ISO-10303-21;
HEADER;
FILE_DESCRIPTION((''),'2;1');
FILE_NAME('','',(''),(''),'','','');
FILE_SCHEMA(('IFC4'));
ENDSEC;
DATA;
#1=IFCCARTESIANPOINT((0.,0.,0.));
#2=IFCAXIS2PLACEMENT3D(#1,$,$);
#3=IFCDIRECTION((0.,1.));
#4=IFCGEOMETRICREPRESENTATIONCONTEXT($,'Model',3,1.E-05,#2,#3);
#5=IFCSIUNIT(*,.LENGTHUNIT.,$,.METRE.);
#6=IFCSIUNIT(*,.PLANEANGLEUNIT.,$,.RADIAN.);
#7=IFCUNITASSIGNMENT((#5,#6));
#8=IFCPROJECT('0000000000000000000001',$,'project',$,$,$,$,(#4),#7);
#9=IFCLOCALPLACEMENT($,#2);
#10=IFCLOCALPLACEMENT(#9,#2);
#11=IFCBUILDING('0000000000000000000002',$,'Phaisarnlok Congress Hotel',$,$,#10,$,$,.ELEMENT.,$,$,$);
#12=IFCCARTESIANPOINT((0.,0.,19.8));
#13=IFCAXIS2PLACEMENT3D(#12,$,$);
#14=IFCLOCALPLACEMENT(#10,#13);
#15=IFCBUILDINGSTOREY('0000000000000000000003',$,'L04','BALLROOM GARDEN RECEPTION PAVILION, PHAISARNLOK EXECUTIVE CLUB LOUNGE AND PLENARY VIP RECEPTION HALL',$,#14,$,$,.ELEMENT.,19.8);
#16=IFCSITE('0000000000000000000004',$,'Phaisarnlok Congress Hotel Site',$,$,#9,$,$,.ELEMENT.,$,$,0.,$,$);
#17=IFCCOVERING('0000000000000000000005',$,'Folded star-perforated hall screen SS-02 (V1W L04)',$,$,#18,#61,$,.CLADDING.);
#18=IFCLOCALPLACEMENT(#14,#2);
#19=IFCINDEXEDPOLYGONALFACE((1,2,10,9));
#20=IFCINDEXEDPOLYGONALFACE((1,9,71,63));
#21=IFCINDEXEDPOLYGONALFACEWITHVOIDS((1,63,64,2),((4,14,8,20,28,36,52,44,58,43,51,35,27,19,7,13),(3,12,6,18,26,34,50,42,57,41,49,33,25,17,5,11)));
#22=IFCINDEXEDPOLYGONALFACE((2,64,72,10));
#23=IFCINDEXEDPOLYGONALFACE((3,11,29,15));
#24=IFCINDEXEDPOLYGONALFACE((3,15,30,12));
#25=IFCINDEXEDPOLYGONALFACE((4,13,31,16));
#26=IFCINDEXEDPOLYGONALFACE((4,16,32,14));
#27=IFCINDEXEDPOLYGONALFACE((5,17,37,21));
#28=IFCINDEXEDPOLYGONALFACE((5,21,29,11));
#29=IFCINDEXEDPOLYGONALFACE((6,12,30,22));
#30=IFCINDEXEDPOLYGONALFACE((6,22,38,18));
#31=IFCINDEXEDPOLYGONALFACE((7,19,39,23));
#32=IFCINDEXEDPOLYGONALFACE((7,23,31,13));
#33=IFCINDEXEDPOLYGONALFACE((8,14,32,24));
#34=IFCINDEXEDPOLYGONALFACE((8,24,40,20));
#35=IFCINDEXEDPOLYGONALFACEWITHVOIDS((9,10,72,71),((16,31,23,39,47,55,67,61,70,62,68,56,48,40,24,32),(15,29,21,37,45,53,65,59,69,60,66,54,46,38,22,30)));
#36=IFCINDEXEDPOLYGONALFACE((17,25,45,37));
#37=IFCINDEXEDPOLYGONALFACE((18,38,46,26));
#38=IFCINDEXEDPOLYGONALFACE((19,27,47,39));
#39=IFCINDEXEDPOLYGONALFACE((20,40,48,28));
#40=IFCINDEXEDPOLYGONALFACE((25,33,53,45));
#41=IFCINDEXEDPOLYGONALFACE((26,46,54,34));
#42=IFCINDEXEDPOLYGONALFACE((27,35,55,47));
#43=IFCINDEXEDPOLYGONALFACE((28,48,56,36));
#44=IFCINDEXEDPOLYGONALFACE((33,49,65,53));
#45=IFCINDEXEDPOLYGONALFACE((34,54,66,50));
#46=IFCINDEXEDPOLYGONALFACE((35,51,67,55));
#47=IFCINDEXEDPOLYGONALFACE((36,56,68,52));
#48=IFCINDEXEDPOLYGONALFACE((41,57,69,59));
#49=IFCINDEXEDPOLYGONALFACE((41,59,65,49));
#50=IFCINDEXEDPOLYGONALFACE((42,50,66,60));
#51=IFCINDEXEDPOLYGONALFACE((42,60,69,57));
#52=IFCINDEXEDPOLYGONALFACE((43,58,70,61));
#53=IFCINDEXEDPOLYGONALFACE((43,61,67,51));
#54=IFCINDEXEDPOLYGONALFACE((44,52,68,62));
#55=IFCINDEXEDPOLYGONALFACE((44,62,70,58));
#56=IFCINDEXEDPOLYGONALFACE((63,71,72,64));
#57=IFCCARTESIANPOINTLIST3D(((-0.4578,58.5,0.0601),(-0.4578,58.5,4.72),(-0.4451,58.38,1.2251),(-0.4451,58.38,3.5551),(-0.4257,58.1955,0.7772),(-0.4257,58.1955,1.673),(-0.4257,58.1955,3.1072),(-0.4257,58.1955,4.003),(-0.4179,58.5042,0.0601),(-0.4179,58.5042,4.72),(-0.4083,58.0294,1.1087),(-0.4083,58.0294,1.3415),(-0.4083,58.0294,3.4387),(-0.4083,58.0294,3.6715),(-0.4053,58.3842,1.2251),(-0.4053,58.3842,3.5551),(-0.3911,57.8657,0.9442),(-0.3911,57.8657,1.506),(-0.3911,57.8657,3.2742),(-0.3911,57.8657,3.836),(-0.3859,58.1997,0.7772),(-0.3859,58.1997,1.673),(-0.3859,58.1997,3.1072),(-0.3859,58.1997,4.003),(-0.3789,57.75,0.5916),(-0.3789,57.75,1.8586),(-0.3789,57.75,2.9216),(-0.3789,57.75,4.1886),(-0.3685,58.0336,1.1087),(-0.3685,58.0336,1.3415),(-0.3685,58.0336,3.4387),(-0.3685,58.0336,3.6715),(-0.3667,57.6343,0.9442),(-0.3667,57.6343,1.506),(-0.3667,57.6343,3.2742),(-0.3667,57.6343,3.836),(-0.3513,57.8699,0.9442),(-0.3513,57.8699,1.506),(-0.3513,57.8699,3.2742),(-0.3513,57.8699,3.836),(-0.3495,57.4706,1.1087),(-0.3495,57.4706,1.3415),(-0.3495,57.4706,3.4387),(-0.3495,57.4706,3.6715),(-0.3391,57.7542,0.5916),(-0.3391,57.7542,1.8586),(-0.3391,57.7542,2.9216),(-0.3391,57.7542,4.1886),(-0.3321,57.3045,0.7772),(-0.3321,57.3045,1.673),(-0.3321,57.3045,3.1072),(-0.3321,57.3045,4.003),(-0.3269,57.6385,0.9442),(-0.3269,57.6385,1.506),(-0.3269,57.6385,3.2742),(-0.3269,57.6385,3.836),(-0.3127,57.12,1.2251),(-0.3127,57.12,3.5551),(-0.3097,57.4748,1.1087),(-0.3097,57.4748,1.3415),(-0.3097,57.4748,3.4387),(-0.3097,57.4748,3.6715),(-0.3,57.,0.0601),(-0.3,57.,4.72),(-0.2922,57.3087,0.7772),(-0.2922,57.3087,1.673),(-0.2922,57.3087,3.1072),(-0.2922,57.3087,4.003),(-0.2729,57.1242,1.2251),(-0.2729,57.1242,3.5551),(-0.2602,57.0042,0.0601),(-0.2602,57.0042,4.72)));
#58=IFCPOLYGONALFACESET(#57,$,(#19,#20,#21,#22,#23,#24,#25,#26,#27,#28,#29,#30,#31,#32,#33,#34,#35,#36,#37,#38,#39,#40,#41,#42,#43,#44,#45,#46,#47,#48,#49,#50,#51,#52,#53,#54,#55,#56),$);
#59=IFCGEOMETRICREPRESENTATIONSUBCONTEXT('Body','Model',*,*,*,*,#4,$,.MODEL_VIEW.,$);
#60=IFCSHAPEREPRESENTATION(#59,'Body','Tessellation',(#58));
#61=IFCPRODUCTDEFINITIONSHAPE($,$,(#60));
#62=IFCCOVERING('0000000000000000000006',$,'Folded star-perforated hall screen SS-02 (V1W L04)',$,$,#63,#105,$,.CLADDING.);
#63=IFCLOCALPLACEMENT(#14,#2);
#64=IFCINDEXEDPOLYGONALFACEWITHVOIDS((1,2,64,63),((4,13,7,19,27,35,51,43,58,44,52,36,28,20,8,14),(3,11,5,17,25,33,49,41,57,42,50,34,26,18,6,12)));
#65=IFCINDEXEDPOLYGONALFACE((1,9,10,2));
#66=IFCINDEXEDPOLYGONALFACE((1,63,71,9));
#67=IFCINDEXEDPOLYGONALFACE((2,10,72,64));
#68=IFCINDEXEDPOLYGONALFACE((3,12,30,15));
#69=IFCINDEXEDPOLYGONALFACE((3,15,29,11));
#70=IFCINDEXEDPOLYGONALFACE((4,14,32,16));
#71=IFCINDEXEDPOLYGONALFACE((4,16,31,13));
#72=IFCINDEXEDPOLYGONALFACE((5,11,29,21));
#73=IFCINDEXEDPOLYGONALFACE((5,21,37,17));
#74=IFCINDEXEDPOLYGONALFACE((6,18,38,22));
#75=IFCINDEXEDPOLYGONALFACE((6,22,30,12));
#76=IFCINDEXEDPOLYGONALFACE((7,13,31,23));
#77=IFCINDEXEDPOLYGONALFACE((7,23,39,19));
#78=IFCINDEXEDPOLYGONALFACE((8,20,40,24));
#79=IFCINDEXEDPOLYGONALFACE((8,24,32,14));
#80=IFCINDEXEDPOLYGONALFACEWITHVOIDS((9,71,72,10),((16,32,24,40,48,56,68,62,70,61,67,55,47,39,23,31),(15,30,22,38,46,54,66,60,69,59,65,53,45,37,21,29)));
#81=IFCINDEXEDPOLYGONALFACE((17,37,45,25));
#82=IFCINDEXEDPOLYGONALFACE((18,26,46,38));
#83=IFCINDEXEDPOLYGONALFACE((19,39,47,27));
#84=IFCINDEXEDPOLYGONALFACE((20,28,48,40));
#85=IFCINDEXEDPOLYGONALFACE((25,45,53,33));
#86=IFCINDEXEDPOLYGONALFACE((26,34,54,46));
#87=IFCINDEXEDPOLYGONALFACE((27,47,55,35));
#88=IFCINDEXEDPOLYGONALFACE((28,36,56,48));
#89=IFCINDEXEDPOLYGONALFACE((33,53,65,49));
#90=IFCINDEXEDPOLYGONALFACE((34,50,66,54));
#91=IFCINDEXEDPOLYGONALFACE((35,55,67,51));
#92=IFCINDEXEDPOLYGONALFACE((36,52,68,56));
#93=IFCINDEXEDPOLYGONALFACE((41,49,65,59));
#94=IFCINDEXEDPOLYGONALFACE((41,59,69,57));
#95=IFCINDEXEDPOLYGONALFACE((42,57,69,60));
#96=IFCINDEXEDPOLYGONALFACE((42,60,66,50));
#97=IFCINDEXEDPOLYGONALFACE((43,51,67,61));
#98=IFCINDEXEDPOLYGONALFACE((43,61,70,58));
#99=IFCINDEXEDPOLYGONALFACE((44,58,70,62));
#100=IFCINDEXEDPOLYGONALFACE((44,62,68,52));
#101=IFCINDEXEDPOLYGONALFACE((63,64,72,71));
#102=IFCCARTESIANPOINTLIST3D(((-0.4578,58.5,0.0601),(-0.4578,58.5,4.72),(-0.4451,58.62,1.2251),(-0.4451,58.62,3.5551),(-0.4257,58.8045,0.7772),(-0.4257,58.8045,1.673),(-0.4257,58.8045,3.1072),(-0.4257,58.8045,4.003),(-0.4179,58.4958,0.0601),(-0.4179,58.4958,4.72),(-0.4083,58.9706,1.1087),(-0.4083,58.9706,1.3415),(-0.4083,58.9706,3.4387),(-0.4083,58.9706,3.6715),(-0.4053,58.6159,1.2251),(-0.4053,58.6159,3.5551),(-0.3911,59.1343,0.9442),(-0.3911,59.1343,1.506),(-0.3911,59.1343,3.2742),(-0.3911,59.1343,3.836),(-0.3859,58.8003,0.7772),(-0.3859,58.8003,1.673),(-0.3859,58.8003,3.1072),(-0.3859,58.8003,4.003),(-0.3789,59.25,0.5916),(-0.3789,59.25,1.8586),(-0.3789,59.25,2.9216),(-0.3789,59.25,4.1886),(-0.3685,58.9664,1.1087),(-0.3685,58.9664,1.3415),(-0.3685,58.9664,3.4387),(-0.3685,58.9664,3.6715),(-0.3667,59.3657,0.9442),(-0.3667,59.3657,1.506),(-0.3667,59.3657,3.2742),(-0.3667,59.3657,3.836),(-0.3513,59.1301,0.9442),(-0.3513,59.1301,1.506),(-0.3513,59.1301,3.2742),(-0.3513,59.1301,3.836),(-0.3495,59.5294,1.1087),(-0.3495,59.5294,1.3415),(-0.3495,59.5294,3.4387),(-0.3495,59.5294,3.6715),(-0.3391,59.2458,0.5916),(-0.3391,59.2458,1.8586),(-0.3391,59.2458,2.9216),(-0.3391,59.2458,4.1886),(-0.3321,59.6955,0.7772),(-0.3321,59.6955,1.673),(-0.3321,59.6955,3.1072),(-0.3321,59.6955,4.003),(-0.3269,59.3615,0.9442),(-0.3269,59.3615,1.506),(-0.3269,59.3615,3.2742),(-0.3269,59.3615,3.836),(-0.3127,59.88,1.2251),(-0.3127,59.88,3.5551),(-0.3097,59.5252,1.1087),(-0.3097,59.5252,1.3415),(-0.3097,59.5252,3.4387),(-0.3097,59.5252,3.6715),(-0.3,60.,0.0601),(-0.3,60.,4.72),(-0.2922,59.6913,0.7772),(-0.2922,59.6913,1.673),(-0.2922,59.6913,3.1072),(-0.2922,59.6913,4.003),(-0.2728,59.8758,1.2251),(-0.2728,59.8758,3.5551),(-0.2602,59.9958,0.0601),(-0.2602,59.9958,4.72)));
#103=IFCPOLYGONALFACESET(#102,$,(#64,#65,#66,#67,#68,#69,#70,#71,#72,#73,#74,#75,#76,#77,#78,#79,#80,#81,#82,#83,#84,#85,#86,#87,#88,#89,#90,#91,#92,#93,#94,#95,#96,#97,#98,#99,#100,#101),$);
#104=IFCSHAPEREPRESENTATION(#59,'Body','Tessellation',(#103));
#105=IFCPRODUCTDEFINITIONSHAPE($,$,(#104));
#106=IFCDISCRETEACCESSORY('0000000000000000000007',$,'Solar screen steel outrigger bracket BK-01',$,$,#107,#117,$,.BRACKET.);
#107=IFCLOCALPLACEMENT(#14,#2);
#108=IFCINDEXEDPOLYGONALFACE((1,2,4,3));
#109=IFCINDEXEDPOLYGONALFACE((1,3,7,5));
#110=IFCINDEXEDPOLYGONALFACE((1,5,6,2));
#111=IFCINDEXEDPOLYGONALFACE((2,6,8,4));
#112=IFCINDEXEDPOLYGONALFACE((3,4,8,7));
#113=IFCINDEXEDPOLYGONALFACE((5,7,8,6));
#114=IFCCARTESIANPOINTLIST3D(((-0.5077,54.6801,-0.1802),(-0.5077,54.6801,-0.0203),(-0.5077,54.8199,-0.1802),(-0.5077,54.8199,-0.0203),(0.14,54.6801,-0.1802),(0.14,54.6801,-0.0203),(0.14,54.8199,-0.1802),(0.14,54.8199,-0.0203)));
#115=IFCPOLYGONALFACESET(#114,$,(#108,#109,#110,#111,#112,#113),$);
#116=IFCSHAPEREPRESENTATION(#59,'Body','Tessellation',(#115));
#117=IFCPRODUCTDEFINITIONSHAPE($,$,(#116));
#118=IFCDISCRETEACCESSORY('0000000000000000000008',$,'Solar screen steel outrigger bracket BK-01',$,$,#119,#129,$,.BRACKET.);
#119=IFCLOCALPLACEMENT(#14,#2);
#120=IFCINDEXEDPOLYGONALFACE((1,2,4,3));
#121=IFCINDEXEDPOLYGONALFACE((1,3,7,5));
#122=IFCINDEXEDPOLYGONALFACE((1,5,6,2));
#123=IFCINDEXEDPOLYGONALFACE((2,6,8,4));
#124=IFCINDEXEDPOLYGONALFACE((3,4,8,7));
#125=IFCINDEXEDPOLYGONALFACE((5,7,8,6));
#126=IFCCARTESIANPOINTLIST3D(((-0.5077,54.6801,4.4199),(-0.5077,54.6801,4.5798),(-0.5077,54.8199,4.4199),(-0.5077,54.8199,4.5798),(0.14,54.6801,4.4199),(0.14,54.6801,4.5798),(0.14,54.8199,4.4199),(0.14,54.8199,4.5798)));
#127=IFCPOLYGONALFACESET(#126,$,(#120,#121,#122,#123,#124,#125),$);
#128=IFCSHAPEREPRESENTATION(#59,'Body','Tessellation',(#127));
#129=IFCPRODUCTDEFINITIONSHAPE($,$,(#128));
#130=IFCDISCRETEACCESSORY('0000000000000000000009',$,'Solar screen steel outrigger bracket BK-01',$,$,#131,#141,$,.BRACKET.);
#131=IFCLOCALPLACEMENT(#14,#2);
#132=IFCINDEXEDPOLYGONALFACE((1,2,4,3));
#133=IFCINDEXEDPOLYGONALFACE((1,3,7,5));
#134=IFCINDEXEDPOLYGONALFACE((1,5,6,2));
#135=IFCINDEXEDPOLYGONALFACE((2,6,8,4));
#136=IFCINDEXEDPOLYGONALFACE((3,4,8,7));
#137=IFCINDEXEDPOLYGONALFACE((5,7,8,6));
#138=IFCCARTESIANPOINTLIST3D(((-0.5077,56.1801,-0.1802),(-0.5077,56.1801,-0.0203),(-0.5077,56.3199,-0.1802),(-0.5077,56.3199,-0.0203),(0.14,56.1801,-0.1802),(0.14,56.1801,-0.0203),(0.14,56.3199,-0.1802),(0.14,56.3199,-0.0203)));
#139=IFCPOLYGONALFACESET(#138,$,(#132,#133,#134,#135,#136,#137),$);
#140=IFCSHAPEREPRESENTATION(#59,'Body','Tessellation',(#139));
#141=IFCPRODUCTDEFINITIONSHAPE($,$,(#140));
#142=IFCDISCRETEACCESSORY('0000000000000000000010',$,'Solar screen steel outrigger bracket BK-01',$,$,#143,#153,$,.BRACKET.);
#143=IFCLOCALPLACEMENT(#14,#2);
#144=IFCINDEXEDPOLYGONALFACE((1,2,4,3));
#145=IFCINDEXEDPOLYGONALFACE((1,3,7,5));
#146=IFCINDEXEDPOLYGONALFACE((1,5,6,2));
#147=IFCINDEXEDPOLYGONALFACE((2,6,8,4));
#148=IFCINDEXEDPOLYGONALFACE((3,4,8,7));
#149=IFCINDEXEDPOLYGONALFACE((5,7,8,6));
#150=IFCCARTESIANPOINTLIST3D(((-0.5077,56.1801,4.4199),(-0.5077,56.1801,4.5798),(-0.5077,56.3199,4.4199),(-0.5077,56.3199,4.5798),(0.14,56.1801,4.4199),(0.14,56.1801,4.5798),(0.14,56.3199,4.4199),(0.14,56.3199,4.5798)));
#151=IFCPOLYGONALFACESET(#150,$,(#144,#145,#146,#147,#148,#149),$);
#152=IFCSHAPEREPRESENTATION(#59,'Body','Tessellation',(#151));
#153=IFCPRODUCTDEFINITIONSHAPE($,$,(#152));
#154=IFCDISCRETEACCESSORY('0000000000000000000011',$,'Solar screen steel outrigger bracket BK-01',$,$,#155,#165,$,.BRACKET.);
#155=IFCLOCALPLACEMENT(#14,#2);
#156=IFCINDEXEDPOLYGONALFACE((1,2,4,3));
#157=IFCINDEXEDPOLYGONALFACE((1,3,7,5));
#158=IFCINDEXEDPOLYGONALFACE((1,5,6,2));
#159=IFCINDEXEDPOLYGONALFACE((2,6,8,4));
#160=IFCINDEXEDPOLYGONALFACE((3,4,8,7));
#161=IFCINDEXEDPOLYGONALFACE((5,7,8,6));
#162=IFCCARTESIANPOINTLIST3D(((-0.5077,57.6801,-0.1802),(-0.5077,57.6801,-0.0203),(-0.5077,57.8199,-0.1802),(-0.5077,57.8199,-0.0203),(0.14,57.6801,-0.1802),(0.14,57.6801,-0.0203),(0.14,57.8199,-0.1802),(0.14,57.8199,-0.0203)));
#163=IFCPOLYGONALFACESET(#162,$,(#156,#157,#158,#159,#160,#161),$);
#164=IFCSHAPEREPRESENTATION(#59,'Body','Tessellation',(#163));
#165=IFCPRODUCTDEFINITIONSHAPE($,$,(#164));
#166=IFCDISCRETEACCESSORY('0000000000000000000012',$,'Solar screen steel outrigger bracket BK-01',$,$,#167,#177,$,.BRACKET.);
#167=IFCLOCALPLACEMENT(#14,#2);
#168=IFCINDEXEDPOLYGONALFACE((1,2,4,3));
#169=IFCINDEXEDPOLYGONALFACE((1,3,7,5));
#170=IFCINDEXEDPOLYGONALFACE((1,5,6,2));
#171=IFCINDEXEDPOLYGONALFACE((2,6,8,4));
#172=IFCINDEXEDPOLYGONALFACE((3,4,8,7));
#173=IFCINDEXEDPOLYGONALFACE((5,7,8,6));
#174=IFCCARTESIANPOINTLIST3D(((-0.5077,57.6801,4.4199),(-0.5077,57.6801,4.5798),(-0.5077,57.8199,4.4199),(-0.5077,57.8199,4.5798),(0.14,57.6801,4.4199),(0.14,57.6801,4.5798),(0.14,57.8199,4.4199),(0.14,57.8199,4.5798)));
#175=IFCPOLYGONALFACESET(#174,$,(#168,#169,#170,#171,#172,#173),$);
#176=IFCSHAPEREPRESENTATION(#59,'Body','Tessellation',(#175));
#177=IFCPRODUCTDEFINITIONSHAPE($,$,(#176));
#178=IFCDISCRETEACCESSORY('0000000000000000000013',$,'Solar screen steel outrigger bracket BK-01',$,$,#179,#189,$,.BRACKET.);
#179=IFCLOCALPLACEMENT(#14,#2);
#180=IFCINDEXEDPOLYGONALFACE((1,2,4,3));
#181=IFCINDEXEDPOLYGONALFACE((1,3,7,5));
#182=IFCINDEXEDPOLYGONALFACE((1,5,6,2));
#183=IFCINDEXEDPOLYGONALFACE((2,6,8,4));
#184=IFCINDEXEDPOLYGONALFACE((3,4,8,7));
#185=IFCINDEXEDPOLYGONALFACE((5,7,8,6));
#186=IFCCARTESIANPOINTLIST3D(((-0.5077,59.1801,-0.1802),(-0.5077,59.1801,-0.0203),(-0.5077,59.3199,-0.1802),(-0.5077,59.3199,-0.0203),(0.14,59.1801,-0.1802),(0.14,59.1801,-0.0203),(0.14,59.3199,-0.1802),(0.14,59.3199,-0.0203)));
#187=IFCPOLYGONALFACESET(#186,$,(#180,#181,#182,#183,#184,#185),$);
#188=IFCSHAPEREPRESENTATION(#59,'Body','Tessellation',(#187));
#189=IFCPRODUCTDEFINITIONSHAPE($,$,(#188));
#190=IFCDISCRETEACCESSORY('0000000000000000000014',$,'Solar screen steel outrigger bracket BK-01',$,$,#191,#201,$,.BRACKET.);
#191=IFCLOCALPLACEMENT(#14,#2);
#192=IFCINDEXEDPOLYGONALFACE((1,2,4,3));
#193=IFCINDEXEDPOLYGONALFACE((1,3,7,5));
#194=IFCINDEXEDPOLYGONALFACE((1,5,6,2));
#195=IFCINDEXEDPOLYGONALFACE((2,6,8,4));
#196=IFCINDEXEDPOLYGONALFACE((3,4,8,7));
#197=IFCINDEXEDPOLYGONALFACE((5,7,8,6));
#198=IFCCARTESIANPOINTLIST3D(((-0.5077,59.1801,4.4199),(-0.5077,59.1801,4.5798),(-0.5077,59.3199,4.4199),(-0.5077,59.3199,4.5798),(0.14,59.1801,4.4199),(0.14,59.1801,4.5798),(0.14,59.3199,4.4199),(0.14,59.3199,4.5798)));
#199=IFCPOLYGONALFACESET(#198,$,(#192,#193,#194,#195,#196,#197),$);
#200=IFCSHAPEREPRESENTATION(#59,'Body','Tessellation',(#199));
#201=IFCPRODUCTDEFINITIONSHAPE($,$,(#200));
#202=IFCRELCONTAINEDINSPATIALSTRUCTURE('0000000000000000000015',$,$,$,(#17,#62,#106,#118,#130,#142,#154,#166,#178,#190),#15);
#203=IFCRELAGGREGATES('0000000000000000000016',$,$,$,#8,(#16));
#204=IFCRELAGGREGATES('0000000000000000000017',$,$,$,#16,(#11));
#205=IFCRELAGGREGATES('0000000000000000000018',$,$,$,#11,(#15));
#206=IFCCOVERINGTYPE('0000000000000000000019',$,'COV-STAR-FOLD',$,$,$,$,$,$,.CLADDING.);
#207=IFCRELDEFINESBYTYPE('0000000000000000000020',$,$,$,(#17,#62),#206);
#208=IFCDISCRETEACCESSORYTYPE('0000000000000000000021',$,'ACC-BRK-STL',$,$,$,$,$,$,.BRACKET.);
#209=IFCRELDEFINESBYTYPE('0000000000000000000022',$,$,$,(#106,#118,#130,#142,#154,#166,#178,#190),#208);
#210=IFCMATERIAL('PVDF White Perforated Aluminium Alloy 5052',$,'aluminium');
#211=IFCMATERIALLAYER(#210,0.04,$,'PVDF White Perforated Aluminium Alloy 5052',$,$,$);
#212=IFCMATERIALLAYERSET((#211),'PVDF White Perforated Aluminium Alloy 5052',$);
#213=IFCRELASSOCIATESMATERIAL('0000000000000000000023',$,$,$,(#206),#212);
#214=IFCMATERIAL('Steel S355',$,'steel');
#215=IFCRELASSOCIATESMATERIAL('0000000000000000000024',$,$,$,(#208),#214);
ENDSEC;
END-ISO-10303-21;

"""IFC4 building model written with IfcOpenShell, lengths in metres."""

from ifc_helpers import new_model, si_unit, direction, frame, origin, origin_2d, place, context, subcontext, project, spatial, polyline, rectangle, outline, extrude, material, layer, layer_set, type_object, element, save


model = new_model("IFC4")

# Units and contexts
model_context = context("Model", 3, precision=1e-05, world=origin(), true_north=direction((0.0, 1.0)))
body_context = subcontext(model_context, "Body", "Model", "MODEL_VIEW")
ifc_project = project(units=[si_unit("LENGTHUNIT", "METRE"), si_unit("PLANEANGLEUNIT", "RADIAN")], contexts=[model_context])

# Site, building, storey
site_placement = place(None, origin())
site = spatial("IfcSite", under=ifc_project, at=site_placement, Name="Phaisarnlok Congress Hotel Site", CompositionType="ELEMENT", RefElevation=0.0)
building_placement = place(site_placement, origin())
building = spatial("IfcBuilding", under=site, at=building_placement, Name="Phaisarnlok Congress Hotel", CompositionType="ELEMENT")
storey_placement = place(building_placement, frame((0.0, 0.0, 19.8)))
storey = spatial("IfcBuildingStorey", under=building, at=storey_placement, Name="L04", Description="BALLROOM GARDEN RECEPTION PAVILION, PHAISARNLOK EXECUTIVE CLUB LOUNGE AND PLENARY VIP RECEPTION HALL", CompositionType="ELEMENT", Elevation=19.8)

# Shared definitions
ifc_material_1 = material(Name="Steel S355", Category="steel")

# Coverings
ifc_material_2 = material(Name="PVDF White Perforated Aluminium Alloy 5052", Category="aluminium")
ifc_layer_1 = layer(ifc_material_2, 0.04, Name="PVDF White Perforated Aluminium Alloy 5052")
ifc_layer_set_1 = layer_set([ifc_layer_1], Name="PVDF White Perforated Aluminium Alloy 5052")
covering_type = type_object("IfcCoveringType", Name="COV-STAR-FOLD", PredefinedType="CLADDING", material=ifc_layer_set_1)
for number, where, z_axis, x_axis, name in (
    (1, (-0.3, 57.0, 0.0601), (0.994518, 0.104567, 0.0), (-0.104567, 0.994518, 0.0), "Folded star-perforated hall screen SS-02 (V1W L04)"),
    (2, (-0.4578, 58.5, 0.0601), (0.994518, -0.104567, 0.0), (0.104567, 0.994518, 0.0), "Folded star-perforated hall screen SS-02 (V1W L04)"),
):
    element("IfcCovering", number, at=place(storey_placement, frame(where, z_axis=z_axis, x_axis=x_axis)), inside=storey, type_object=covering_type, Name=name, PredefinedType="CLADDING", context=body_context, shape_type="SweptSolid", body=[
        extrude(outline(polyline([(0.0, 0.0), (1.5083, 0.0), (1.5083, 4.6599), (0.0, 4.6599), (0.0, 0.0)]), holes=[polyline([(1.0351, 1.0486), (1.2021, 0.7171), (0.8705, 0.8841), (0.7541, 0.5315), (0.6378, 0.8841), (0.3062, 0.7171), (0.4732, 1.0486), (0.1207, 1.165), (0.4732, 1.2814), (0.3062, 1.6129), (0.6378, 1.4459), (0.7541, 1.7985), (0.8705, 1.4459), (1.2021, 1.6129), (1.0351, 1.2814), (1.3876, 1.165), (1.0351, 1.0486)]), polyline([(1.0351, 3.3786), (1.2021, 3.0471), (0.8705, 3.2141), (0.7541, 2.8615), (0.6378, 3.2141), (0.3062, 3.0471), (0.4732, 3.3786), (0.1207, 3.495), (0.4732, 3.6114), (0.3062, 3.9429), (0.6378, 3.7759), (0.7541, 4.1285), (0.8705, 3.7759), (1.2021, 3.9429), (1.0351, 3.6114), (1.3876, 3.495), (1.0351, 3.3786)])]), origin(), (0.0, 0.0, 1.0), 0.04),
    ])

# Discrete accessories
discrete_accessory_type = type_object("IfcDiscreteAccessoryType", Name="ACC-BRK-STL", PredefinedType="BRACKET", material=ifc_material_1)
for number, where, z_axis, x_axis, name in (
    (3, (-0.1838, 54.75, -0.1802), (0.0, 0.0, 1.0), (1.0, 0.0, 0.0), "Solar screen steel outrigger bracket BK-01"),
    (4, (-0.1838, 54.75, 4.4199), (0.0, 0.0, 1.0), (1.0, 0.0, 0.0), "Solar screen steel outrigger bracket BK-01"),
    (5, (-0.1838, 56.25, -0.1802), (0.0, 0.0, 1.0), (1.0, 0.0, 0.0), "Solar screen steel outrigger bracket BK-01"),
    (6, (-0.1838, 56.25, 4.4199), (0.0, 0.0, 1.0), (1.0, 0.0, 0.0), "Solar screen steel outrigger bracket BK-01"),
    (7, (-0.1838, 57.75, -0.1802), (0.0, 0.0, 1.0), (1.0, 0.0, 0.0), "Solar screen steel outrigger bracket BK-01"),
    (8, (-0.1838, 57.75, 4.4199), (0.0, 0.0, 1.0), (1.0, 0.0, 0.0), "Solar screen steel outrigger bracket BK-01"),
    (9, (-0.1838, 59.25, -0.1802), (0.0, 0.0, 1.0), (1.0, 0.0, 0.0), "Solar screen steel outrigger bracket BK-01"),
    (10, (-0.1838, 59.25, 4.4199), (0.0, 0.0, 1.0), (1.0, 0.0, 0.0), "Solar screen steel outrigger bracket BK-01"),
):
    element("IfcDiscreteAccessory", number, at=place(storey_placement, frame(where, z_axis=z_axis, x_axis=x_axis)), inside=storey, type_object=discrete_accessory_type, Name=name, PredefinedType="BRACKET", context=body_context, shape_type="SweptSolid", body=[
        extrude(rectangle(XDim=0.6477, YDim=0.1399, at=origin_2d()), origin(), (0.0, 0.0, 1.0), 0.1599),
    ])

save(model, "model.ifc")
